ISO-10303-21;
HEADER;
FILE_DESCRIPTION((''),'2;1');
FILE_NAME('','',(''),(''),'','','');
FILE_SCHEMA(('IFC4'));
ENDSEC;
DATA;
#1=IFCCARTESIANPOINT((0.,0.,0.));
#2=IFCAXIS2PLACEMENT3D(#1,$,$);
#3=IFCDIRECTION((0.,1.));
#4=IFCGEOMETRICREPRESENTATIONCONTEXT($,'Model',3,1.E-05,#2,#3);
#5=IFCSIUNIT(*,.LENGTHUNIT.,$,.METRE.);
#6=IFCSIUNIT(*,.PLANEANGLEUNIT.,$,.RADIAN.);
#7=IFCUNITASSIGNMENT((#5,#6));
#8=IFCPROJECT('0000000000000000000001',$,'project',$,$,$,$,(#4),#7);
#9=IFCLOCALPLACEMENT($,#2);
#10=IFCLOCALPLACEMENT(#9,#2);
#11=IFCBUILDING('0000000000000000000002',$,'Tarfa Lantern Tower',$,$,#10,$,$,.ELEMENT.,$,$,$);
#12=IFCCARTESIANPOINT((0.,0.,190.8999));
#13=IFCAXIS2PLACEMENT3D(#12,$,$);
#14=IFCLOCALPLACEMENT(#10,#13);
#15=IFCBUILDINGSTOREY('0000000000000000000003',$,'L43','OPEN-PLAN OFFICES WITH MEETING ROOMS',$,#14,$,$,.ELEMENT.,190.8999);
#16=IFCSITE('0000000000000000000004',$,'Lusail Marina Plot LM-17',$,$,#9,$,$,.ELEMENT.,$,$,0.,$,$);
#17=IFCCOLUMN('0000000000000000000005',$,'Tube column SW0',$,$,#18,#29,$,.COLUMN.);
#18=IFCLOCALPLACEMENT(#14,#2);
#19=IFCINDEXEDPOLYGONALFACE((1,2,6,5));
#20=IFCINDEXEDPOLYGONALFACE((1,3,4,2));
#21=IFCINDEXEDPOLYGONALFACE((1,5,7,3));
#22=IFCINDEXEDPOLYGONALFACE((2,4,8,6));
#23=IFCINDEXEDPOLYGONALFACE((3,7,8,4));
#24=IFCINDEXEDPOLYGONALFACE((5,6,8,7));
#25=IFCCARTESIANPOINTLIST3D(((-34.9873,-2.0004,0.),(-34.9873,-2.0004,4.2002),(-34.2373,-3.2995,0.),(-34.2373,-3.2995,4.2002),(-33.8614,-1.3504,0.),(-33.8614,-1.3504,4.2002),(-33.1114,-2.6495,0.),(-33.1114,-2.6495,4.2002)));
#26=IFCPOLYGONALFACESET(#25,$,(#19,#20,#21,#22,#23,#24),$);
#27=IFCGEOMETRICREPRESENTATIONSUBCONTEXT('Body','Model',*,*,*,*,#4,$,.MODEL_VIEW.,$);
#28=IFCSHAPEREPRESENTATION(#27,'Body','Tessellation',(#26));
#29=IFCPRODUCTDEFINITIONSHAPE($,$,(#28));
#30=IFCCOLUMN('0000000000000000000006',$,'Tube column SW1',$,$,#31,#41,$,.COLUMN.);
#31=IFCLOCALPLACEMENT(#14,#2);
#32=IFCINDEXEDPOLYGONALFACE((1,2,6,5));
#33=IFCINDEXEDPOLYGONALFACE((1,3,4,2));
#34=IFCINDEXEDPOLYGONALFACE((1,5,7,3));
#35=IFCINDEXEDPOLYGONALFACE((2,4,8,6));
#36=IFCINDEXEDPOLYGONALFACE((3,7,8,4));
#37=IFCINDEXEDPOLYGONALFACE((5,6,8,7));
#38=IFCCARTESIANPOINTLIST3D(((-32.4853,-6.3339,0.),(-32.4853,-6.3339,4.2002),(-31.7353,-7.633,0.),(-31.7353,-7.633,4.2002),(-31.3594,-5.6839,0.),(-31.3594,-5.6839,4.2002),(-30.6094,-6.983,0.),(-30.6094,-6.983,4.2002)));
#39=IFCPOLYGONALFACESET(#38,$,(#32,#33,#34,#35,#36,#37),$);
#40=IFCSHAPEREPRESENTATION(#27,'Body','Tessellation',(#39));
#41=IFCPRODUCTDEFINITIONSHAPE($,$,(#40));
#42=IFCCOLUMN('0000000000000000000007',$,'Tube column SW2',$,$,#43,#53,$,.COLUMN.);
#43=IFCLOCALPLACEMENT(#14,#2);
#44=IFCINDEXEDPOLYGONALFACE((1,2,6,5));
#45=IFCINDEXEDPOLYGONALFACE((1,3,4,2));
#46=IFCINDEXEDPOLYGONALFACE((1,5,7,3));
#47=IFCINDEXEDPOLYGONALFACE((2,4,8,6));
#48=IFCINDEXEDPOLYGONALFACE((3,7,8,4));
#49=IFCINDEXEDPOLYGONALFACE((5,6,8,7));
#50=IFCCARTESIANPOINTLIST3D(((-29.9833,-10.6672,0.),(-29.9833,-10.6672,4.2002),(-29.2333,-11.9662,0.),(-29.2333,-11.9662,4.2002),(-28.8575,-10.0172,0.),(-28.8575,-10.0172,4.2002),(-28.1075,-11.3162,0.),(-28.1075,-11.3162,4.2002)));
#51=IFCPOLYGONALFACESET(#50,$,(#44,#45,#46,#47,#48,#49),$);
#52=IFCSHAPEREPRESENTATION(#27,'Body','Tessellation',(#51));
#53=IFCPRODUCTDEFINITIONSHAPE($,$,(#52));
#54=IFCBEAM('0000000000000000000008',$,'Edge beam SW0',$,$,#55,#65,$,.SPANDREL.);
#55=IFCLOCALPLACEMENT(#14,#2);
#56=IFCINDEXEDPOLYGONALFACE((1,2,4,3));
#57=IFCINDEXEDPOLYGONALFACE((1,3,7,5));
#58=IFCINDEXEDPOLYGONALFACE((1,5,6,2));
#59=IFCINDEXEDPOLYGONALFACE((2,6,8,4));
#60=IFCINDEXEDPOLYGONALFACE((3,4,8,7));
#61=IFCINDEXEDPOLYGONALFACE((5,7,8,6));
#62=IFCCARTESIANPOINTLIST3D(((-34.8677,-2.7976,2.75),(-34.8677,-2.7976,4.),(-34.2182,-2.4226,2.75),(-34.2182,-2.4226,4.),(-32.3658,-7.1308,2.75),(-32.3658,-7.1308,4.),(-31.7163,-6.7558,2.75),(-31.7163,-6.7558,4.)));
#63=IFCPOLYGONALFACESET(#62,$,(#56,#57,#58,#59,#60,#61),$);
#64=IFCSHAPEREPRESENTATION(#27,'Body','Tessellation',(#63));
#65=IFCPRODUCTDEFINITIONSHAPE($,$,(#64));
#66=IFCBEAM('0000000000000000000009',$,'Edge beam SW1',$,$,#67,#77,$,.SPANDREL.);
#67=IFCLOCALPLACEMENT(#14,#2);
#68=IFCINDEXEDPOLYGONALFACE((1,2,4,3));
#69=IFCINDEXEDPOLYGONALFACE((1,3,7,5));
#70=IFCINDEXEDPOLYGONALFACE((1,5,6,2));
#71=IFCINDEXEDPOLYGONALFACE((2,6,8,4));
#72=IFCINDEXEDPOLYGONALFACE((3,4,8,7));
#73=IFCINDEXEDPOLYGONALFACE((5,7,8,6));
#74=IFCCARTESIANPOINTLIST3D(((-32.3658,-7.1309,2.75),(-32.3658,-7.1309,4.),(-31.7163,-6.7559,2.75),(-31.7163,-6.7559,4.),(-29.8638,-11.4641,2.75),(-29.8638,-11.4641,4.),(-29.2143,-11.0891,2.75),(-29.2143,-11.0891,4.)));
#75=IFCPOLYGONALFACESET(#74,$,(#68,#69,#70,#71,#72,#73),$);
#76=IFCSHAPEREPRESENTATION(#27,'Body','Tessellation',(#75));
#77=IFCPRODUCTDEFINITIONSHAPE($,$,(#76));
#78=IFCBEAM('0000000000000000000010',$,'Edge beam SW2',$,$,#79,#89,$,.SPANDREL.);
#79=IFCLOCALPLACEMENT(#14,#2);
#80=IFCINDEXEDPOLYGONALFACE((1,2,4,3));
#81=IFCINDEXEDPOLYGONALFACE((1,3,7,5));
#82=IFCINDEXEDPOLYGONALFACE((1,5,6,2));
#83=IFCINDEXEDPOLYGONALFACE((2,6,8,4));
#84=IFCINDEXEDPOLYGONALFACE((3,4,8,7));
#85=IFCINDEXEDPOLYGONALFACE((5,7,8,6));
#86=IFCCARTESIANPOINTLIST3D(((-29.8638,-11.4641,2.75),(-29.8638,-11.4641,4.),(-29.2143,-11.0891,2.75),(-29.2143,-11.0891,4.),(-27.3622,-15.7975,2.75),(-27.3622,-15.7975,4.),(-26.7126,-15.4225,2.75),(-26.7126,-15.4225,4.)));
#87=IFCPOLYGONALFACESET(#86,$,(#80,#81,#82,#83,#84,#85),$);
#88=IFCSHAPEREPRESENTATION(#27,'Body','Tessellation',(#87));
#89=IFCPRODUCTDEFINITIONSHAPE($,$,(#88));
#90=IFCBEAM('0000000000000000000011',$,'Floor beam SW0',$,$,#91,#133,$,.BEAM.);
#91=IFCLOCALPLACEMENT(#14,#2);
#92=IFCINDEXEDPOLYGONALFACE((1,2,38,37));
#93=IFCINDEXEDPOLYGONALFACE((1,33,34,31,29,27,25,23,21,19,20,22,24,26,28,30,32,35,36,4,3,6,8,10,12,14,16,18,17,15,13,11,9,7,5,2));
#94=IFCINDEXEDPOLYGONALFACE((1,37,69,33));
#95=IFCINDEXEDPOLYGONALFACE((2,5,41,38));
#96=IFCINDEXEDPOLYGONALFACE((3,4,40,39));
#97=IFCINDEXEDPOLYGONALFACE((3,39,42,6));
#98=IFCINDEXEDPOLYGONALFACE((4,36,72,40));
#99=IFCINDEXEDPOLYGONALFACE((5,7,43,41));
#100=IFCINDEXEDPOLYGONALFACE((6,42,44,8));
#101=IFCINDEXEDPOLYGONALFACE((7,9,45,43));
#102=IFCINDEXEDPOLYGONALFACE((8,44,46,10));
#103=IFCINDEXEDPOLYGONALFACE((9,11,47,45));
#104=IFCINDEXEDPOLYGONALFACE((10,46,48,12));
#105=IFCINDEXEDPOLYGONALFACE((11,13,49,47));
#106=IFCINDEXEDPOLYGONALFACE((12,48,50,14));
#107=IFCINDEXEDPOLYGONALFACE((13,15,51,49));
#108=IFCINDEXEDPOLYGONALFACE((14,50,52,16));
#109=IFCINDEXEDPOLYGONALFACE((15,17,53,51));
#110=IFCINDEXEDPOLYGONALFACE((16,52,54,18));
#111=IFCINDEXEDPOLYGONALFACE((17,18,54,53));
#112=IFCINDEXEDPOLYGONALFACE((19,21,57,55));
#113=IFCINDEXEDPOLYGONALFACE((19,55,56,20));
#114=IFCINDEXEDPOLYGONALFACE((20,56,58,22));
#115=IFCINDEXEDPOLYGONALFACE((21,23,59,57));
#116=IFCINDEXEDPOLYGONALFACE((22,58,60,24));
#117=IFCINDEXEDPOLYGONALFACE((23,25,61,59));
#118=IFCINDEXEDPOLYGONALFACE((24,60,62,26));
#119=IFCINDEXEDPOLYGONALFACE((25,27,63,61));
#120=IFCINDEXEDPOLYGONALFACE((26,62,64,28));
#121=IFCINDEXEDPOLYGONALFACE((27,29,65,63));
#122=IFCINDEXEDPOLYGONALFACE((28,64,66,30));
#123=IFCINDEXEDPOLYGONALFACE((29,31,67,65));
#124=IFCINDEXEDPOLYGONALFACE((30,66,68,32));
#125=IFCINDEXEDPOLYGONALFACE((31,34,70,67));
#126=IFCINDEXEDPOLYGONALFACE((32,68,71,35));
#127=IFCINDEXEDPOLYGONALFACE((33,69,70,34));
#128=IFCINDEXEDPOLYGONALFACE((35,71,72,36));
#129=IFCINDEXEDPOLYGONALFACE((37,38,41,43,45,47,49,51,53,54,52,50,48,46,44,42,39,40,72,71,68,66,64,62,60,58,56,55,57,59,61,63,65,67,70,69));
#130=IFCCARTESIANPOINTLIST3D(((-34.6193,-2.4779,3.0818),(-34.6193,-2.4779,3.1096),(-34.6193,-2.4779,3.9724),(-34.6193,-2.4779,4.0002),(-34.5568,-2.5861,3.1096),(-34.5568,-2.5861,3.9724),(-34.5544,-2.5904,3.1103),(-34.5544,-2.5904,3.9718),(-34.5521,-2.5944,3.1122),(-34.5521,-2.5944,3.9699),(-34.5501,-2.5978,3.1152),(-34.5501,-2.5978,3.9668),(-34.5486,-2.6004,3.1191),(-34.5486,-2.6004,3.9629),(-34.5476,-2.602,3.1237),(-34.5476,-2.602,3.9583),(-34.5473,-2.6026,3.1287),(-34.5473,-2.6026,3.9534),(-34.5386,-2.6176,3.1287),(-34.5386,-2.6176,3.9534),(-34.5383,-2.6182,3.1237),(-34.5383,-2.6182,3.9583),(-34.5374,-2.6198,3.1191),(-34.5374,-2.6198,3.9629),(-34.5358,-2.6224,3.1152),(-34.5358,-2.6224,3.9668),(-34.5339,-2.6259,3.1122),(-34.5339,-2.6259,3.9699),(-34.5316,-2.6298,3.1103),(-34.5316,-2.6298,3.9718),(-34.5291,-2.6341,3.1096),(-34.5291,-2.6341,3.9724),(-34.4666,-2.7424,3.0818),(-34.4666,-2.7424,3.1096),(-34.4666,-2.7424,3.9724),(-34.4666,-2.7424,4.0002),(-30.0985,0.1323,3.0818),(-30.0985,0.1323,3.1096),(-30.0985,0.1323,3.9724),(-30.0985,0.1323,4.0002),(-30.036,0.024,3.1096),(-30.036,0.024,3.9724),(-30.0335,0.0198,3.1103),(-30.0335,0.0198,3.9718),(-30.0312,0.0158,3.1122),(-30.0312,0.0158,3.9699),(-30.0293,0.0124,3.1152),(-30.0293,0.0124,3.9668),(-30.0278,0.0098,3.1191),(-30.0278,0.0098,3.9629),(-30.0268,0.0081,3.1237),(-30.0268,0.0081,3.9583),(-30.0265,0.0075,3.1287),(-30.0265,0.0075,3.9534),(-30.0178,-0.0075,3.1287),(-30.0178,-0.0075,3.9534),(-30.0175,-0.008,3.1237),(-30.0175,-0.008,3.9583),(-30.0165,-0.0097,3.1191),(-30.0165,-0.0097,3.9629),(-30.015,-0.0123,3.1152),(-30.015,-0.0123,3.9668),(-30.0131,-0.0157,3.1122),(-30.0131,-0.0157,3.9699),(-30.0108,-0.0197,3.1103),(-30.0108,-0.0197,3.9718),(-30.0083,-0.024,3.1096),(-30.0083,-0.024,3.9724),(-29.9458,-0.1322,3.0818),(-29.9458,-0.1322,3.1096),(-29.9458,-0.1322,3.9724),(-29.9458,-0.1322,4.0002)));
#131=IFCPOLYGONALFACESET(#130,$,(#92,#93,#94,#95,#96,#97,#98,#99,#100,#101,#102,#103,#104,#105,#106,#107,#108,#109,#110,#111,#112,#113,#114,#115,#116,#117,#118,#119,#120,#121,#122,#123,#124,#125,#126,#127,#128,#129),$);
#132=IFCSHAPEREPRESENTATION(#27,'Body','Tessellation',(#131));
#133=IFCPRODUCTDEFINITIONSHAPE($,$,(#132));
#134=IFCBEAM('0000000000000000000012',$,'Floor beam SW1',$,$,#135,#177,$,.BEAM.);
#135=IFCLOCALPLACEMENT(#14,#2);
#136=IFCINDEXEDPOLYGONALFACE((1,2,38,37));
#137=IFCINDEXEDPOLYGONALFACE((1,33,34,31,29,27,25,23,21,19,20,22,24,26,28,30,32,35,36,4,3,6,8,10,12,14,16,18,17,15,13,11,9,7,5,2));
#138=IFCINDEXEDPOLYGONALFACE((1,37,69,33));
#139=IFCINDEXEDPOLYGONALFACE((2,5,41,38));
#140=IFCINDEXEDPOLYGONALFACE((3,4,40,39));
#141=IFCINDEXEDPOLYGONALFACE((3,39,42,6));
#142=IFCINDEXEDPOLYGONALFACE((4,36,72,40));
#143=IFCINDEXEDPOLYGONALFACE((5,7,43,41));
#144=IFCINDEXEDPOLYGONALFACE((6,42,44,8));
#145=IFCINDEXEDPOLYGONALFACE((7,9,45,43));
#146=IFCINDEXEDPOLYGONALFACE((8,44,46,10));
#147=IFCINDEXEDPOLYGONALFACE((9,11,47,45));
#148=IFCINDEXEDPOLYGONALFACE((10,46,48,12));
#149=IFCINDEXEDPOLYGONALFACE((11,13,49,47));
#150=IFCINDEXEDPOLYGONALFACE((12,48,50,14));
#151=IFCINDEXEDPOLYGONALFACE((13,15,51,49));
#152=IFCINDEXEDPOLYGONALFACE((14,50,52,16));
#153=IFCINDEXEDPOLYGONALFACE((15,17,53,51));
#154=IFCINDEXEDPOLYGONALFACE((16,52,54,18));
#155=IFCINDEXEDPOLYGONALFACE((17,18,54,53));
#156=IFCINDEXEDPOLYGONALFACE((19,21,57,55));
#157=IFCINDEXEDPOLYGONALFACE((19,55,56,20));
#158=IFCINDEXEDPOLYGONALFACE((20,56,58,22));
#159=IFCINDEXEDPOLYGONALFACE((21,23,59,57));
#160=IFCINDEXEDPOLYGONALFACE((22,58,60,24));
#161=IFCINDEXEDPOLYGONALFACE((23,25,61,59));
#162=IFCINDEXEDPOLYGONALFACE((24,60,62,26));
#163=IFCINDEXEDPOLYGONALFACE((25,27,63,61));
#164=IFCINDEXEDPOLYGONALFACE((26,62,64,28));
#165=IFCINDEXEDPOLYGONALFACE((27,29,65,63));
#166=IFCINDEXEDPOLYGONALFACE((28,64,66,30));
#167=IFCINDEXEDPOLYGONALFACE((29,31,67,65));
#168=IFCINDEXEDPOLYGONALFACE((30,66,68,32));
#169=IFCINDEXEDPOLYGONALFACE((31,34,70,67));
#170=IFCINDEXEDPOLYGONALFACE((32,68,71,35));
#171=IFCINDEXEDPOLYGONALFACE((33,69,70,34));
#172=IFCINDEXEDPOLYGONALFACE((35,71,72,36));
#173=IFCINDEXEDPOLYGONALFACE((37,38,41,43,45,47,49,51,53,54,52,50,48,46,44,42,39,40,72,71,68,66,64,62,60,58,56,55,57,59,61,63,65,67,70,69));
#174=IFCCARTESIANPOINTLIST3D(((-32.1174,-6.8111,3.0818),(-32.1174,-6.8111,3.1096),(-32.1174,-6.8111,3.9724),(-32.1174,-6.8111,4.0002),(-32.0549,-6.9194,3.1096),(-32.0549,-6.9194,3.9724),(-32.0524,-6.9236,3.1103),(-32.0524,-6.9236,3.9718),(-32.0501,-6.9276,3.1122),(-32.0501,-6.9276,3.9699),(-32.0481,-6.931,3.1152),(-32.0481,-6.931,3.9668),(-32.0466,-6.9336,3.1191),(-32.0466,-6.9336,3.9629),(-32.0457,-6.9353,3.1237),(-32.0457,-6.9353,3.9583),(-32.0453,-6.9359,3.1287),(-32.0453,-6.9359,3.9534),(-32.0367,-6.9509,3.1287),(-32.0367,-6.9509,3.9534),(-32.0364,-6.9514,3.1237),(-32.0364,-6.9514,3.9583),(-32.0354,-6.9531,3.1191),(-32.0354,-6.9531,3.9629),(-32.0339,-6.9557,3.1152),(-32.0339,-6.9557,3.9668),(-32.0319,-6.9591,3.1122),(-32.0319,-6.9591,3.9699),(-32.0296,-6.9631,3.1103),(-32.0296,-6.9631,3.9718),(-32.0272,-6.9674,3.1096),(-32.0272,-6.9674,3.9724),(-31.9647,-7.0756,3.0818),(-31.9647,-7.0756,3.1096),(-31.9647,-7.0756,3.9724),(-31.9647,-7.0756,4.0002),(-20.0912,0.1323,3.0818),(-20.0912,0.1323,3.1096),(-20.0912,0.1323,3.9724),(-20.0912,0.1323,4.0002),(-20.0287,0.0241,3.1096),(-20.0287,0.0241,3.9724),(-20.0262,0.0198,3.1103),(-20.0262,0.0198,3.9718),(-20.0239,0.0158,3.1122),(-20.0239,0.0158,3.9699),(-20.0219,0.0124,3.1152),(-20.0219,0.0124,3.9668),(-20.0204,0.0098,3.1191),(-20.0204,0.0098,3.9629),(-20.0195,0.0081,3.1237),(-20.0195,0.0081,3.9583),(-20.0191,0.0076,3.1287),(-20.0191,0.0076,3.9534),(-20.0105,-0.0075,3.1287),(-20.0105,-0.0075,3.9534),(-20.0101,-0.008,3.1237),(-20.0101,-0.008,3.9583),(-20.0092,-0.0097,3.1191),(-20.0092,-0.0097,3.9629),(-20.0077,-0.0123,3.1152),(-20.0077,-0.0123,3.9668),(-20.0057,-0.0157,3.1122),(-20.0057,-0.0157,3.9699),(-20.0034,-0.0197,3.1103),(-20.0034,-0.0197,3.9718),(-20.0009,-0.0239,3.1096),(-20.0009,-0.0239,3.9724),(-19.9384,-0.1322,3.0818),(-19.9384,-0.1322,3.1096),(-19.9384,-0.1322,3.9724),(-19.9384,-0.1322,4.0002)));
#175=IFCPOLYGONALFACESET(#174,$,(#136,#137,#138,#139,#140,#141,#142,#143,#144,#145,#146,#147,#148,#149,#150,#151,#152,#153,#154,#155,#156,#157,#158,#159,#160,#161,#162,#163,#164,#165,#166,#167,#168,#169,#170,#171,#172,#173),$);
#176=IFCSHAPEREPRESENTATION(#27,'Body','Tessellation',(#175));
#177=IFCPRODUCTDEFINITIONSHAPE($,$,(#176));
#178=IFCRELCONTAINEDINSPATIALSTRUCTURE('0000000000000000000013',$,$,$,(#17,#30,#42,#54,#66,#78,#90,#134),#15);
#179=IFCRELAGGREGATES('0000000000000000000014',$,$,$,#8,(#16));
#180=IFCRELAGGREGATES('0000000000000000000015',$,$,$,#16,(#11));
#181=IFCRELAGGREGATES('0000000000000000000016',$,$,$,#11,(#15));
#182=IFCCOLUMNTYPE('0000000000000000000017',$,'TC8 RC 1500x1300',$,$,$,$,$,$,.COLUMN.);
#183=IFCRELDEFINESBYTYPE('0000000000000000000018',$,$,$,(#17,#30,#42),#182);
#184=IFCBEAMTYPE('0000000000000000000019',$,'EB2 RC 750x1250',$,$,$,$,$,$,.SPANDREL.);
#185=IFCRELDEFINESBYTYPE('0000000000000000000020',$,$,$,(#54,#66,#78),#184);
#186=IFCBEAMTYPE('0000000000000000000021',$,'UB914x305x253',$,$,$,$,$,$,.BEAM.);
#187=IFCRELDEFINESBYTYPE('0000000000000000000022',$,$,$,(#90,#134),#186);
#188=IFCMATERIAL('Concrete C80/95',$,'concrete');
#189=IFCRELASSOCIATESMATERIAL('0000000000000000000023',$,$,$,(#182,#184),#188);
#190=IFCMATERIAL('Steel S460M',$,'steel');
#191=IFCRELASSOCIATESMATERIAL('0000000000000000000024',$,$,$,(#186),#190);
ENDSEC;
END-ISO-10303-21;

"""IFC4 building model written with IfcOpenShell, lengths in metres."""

from ifc_helpers import new_model, si_unit, direction, frame, origin, origin_2d, place, context, subcontext, project, spatial, rectangle, i_section, extrude, material, material_profile, profile_set, type_object, element, save


model = new_model("IFC4")

# Units and contexts
model_context = context("Model", 3, precision=1e-05, world=origin(), true_north=direction((0.0, 1.0)))
body_context = subcontext(model_context, "Body", "Model", "MODEL_VIEW")
ifc_project = project(units=[si_unit("LENGTHUNIT", "METRE"), si_unit("PLANEANGLEUNIT", "RADIAN")], contexts=[model_context])

# Site, building, storey
site_placement = place(None, origin())
site = spatial("IfcSite", under=ifc_project, at=site_placement, Name="Lusail Marina Plot LM-17", CompositionType="ELEMENT", RefElevation=0.0)
building_placement = place(site_placement, origin())
building = spatial("IfcBuilding", under=site, at=building_placement, Name="Tarfa Lantern Tower", CompositionType="ELEMENT")
storey_placement = place(building_placement, frame((0.0, 0.0, 190.8999)))
storey = spatial("IfcBuildingStorey", under=building, at=storey_placement, Name="L43", Description="OPEN-PLAN OFFICES WITH MEETING ROOMS", CompositionType="ELEMENT", Elevation=190.8999)

# Columns
ifc_material_1 = material(Name="Concrete C80/95", Category="concrete")
ifc_material_profile_1 = material_profile(ifc_material_1, rectangle(XDim=1.5, YDim=1.3, at=origin_2d()), Name="RC 1500x1300")
ifc_profile_set_1 = profile_set([ifc_material_profile_1], Name="Concrete C80/95")
column_type = type_object("IfcColumnType", Name="TC8 RC 1500x1300", PredefinedType="COLUMN", material=ifc_profile_set_1)
for number, where, z_axis, x_axis, name in (
    (1, (-34.0493, -2.325, 0.0), (0.0, 0.0, 1.0), (0.5, -0.866025, 0.0), "Tube column SW0"),
    (2, (-31.5474, -6.6584, 0.0), (0.0, 0.0, 1.0), (0.5, -0.866025, 0.0), "Tube column SW1"),
    (3, (-29.0454, -10.9917, 0.0), (0.0, 0.0, 1.0), (0.5, -0.866025, 0.0), "Tube column SW2"),
):
    element("IfcColumn", number, at=place(storey_placement, frame(where, z_axis=z_axis, x_axis=x_axis)), inside=storey, type_object=column_type, Name=name, PredefinedType="COLUMN", context=body_context, shape_type="SweptSolid", body=[
        extrude(rectangle(XDim=1.5, YDim=1.3, at=origin_2d()), origin(), (0.0, 0.0, 1.0), 4.2002),
    ])

# Beams
ifc_material_profile_2 = material_profile(ifc_material_1, rectangle(XDim=0.75, YDim=1.25, at=origin_2d()), Name="RC 750x1250")
ifc_profile_set_2 = profile_set([ifc_material_profile_2], Name="Concrete C80/95")
beam_type_1 = type_object("IfcBeamType", Name="EB2 RC 750x1250", PredefinedType="SPANDREL", material=ifc_profile_set_2)
for number, where, z_axis, x_axis, name in (
    (4, (-34.543, -2.6101, 3.375), (0.500022, -0.866013, 0.0), (0.866013, 0.500022, 0.0), "Edge beam SW0"),
    (5, (-32.041, -6.9434, 3.375), (0.500022, -0.866013, 0.0), (0.866013, 0.500022, 0.0), "Edge beam SW1"),
    (6, (-29.5391, -11.2766, 3.375), (0.499965, -0.866046, 0.0), (0.866046, 0.499965, 0.0), "Edge beam SW2"),
):
    element("IfcBeam", number, at=place(storey_placement, frame(where, z_axis=z_axis, x_axis=x_axis)), inside=storey, type_object=beam_type_1, Name=name, PredefinedType="SPANDREL", context=body_context, shape_type="SweptSolid", body=[
        extrude(rectangle(XDim=0.75, YDim=1.25, at=origin_2d()), origin(), (0.0, 0.0, 1.0), 5.0037),
    ])
ifc_material_2 = material(Name="Steel S460M", Category="steel")
ifc_material_profile_3 = material_profile(ifc_material_2, i_section(OverallWidth=0.3054, OverallDepth=0.9185, WebThickness=0.0173, FlangeThickness=0.0278, FilletRadius=0.019, at=origin_2d()), Name="UB914x305x253")
ifc_profile_set_3 = profile_set([ifc_material_profile_3], Name="Steel S460M")
beam_type_2 = type_object("IfcBeamType", Name="UB914x305x253", PredefinedType="BEAM", material=ifc_profile_set_3)
beam_1_placement = place(storey_placement, frame((-34.543, -2.6101, 3.541), z_axis=(0.866021, 0.500007, 0.0), x_axis=(-0.500007, 0.866021, 0.0)))
element("IfcBeam", 7, at=beam_1_placement, inside=storey, type_object=beam_type_2, Name="Floor beam SW0", PredefinedType="BEAM", context=body_context, shape_type="SweptSolid", body=[
    extrude(i_section(OverallWidth=0.3054, OverallDepth=0.9185, WebThickness=0.0173, FlangeThickness=0.0278, FilletRadius=0.019, at=origin_2d()), origin(), (0.0, 0.0, 1.0), 5.2202),
])
beam_2_placement = place(storey_placement, frame((-32.041, -6.9434, 3.541), z_axis=(0.866023, 0.500004, 0.0), x_axis=(-0.500004, 0.866023, 0.0)))
element("IfcBeam", 8, at=beam_2_placement, inside=storey, type_object=beam_type_2, Name="Floor beam SW1", PredefinedType="BEAM", context=body_context, shape_type="SweptSolid", body=[
    extrude(i_section(OverallWidth=0.3054, OverallDepth=0.9185, WebThickness=0.0173, FlangeThickness=0.0278, FilletRadius=0.019, at=origin_2d()), origin(), (0.0, 0.0, 1.0), 13.8867),
])

save(model, "model.ifc")
